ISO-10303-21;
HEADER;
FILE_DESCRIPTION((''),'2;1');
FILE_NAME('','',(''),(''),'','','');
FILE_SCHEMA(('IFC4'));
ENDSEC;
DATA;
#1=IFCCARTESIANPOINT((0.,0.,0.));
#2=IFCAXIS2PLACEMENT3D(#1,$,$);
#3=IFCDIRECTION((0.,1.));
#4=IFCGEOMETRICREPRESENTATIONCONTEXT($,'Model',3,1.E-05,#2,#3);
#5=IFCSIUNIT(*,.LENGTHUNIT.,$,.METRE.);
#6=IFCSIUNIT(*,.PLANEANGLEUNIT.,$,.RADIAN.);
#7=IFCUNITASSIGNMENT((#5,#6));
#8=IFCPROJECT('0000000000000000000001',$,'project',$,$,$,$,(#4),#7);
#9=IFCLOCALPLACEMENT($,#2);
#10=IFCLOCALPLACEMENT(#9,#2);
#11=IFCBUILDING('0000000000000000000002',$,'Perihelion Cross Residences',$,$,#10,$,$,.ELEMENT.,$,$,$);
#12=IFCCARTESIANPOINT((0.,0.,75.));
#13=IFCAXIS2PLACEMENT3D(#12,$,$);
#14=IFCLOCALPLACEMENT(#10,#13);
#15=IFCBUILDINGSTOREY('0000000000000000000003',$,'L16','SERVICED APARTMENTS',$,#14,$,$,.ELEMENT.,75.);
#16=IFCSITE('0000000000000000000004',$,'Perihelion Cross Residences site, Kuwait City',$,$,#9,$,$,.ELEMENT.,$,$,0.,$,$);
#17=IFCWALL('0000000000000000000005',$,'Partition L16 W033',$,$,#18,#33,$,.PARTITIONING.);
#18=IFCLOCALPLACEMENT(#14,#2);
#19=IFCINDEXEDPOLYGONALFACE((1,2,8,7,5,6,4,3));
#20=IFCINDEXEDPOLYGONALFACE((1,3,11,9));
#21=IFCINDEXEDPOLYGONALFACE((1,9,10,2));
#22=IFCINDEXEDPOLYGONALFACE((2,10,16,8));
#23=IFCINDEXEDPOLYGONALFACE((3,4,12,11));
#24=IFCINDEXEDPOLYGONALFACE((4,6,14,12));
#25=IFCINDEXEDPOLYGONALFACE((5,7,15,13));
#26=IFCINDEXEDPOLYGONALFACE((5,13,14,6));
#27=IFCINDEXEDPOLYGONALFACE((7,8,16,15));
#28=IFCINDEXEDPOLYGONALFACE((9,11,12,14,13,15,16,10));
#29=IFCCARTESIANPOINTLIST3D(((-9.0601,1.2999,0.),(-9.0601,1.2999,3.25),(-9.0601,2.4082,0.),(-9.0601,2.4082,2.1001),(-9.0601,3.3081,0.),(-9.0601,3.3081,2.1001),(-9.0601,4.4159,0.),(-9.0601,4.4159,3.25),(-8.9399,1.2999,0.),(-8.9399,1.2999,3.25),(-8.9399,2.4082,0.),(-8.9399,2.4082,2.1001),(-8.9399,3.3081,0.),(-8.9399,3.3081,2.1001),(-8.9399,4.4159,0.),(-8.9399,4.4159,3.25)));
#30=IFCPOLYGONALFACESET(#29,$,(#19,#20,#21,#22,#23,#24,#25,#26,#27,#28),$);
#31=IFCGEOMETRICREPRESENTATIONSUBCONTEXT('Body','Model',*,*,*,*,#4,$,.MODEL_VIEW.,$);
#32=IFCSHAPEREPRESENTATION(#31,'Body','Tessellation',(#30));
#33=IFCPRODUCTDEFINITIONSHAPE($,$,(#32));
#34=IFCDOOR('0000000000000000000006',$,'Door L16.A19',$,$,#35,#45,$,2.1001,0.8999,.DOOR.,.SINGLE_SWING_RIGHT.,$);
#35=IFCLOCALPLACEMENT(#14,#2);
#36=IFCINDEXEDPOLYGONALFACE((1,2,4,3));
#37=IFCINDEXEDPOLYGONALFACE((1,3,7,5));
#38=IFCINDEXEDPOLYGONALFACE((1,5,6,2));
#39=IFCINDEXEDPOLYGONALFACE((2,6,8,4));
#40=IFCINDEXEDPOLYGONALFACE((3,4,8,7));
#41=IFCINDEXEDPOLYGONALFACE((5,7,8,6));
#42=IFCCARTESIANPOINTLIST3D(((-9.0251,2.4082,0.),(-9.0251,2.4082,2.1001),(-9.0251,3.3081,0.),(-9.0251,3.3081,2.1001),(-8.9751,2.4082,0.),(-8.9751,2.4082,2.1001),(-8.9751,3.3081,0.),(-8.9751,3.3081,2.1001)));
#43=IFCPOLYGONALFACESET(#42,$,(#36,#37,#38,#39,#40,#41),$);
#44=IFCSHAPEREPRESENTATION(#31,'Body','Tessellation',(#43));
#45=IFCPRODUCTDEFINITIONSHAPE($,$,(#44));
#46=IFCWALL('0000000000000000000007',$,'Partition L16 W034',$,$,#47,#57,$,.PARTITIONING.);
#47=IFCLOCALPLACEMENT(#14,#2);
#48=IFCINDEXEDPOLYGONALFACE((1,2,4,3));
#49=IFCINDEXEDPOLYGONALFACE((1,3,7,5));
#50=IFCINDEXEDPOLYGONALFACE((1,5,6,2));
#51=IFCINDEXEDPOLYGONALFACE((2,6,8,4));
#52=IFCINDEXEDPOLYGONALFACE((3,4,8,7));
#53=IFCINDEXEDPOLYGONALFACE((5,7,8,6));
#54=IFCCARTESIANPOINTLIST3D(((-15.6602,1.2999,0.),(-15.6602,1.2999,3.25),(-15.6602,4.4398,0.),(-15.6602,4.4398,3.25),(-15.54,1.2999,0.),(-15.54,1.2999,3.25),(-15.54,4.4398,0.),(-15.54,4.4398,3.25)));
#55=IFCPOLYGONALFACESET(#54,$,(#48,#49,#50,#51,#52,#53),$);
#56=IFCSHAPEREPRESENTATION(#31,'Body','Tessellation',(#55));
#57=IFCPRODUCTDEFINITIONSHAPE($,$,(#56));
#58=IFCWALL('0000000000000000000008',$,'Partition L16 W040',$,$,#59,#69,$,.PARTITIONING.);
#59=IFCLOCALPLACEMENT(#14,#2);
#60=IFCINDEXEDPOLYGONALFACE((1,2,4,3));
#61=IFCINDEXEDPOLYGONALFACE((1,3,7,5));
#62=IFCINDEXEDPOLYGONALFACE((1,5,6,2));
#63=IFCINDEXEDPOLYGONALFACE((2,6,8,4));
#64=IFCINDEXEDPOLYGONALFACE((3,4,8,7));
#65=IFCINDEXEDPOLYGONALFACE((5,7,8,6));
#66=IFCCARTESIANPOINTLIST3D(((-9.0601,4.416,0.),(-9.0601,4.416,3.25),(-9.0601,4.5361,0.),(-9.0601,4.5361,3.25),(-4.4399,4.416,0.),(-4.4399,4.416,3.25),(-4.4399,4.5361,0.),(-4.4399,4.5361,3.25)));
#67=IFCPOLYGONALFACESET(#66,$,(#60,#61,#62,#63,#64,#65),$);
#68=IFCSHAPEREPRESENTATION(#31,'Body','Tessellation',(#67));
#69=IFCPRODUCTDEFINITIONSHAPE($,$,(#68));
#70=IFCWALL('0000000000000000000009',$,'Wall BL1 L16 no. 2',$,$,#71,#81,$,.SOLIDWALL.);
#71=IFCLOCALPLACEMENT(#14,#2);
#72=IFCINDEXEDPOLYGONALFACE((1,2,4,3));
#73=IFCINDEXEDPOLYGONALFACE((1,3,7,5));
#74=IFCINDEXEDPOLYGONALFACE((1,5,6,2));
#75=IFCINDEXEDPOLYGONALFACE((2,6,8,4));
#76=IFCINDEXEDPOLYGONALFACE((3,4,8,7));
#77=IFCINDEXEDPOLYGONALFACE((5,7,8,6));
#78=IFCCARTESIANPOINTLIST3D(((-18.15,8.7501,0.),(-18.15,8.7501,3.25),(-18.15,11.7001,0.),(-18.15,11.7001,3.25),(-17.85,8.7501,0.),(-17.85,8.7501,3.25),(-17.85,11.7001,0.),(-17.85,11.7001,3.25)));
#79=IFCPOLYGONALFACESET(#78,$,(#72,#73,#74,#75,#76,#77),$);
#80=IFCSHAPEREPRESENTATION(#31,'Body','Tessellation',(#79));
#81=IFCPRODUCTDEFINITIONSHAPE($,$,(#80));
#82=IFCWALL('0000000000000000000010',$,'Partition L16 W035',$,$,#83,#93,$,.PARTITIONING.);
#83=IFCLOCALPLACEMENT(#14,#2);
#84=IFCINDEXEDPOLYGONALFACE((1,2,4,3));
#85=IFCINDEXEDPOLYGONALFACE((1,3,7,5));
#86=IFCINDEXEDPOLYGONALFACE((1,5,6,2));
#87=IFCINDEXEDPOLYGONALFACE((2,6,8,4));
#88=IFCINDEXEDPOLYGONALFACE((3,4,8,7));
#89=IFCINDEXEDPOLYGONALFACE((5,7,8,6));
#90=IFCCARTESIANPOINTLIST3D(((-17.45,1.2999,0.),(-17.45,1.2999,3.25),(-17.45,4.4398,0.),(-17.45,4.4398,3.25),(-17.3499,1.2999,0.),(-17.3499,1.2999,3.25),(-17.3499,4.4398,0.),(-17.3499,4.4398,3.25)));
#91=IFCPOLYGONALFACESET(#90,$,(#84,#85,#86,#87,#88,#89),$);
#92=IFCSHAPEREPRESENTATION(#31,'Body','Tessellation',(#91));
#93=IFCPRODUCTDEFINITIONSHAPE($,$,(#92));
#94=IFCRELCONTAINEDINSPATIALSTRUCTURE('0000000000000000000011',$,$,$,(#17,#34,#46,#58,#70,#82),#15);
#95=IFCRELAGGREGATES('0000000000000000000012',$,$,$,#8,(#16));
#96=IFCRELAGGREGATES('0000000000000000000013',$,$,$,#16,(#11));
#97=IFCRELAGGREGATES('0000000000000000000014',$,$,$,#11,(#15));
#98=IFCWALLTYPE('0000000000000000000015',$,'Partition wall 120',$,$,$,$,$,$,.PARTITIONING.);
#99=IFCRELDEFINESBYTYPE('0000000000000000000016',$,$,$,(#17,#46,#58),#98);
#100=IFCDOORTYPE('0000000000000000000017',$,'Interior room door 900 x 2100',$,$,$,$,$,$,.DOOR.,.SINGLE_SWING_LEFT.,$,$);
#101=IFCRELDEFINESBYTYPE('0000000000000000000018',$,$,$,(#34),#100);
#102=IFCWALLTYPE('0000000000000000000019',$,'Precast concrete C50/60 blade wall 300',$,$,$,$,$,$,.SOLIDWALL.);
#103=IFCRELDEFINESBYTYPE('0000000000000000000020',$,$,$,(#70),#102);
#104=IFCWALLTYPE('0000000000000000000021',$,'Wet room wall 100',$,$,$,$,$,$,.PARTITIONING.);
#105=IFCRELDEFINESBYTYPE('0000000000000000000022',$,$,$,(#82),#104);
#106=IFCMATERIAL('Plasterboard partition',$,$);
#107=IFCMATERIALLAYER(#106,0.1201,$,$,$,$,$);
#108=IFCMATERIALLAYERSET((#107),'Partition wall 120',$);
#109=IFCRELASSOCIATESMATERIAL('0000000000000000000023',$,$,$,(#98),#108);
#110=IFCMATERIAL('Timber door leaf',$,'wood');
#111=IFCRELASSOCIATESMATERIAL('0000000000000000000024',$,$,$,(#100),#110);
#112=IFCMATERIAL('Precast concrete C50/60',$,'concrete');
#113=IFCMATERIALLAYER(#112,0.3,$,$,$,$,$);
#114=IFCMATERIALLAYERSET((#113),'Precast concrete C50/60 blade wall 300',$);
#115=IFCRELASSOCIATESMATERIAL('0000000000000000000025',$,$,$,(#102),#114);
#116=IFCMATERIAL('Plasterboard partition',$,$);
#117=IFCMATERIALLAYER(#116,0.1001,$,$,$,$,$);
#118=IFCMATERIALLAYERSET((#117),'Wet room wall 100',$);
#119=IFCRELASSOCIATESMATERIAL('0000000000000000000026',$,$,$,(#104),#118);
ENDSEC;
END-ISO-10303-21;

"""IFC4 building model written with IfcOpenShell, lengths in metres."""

from ifc_helpers import new_model, si_unit, direction, frame, frame_2d, origin, place, context, subcontext, project, spatial, rectangle, extrude, material, layer, layer_set, type_object, element, fill, save


model = new_model("IFC4")

# Units and contexts
model_context = context("Model", 3, precision=1e-05, world=origin(), true_north=direction((0.0, 1.0)))
body_context = subcontext(model_context, "Body", "Model", "MODEL_VIEW")
ifc_project = project(units=[si_unit("LENGTHUNIT", "METRE"), si_unit("PLANEANGLEUNIT", "RADIAN")], contexts=[model_context])

# Site, building, storey
site_placement = place(None, origin())
site = spatial("IfcSite", under=ifc_project, at=site_placement, Name="Perihelion Cross Residences site, Kuwait City", CompositionType="ELEMENT", RefElevation=0.0)
building_placement = place(site_placement, origin())
building = spatial("IfcBuilding", under=site, at=building_placement, Name="Perihelion Cross Residences", CompositionType="ELEMENT")
storey_placement = place(building_placement, frame((0.0, 0.0, 75.0)))
storey = spatial("IfcBuildingStorey", under=building, at=storey_placement, Name="L16", Description="SERVICED APARTMENTS", CompositionType="ELEMENT", Elevation=75.0)

# Shared definitions
ifc_material_1 = material(Name="Plasterboard partition")
ifc_layer_1 = layer(ifc_material_1, 0.1201)
ifc_layer_set_1 = layer_set([ifc_layer_1], Name="Partition wall 120")
wall_type_1 = type_object("IfcWallType", Name="Partition wall 120", PredefinedType="PARTITIONING", material=ifc_layer_set_1)
ifc_material_2 = material(Name="Timber door leaf", Category="wood")
door_type_1 = type_object("IfcDoorType", Name="Interior room door 900 x 2100", OperationType="SINGLE_SWING_LEFT", PredefinedType="DOOR", material=ifc_material_2)

# Wall, opening, door
wall_1_placement = place(storey_placement, frame((-9.0, 4.416, 0.0), z_axis=(0.0, 0.0, 1.0), x_axis=(0.0, -1.0, 0.0)))
wall_1 = element("IfcWall", 1, at=wall_1_placement, inside=storey, type_object=wall_type_1, Name="Partition L16 W033", PredefinedType="PARTITIONING", context=body_context, shape_type="SweptSolid", body=[
    extrude(rectangle(XDim=3.116, YDim=0.1201, at=frame_2d((1.5581, 0.0))), origin(), (0.0, 0.0, 1.0), 3.25),
])
opening_1_placement = place(wall_1_placement, frame((1.1079, 0.0, 0.0)))
opening_1 = element("IfcOpeningElement", 2, at=opening_1_placement, cuts=wall_1, PredefinedType="OPENING", context=body_context, shape_type="SweptSolid", body=[
    extrude(rectangle(XDim=0.8999, YDim=2.1001, at=frame_2d((0.45, 1.05))), frame((0.0, 0.0701, 0.0), z_axis=(0.0, -1.0, 0.0), x_axis=(1.0, 0.0, 0.0)), (0.0, 0.0, 1.0), 0.1401),
])
door_1_placement = place(opening_1_placement, origin())
door_1 = element("IfcDoor", 3, at=door_1_placement, inside=storey, type_object=door_type_1, Name="Door L16.A19", OperationType="SINGLE_SWING_RIGHT", OverallHeight=2.1001, OverallWidth=0.8999, PredefinedType="DOOR", context=body_context, shape_type="SweptSolid", body=[
    extrude(rectangle(XDim=0.8999, YDim=2.1001, at=frame_2d((0.45, 1.05))), frame((0.0, 0.0249, 0.0), z_axis=(0.0, -1.0, 0.0), x_axis=(1.0, 0.0, 0.0)), (0.0, 0.0, 1.0), 0.05),
])
fill(opening_1, door_1)

# Walls
wall_2_placement = place(storey_placement, frame((-15.6001, 1.3, 0.0), z_axis=(0.0, 0.0, 1.0), x_axis=(0.0, 1.0, 0.0)))
element("IfcWall", 4, at=wall_2_placement, inside=storey, type_object=wall_type_1, Name="Partition L16 W034", PredefinedType="PARTITIONING", context=body_context, shape_type="SweptSolid", body=[
    extrude(rectangle(XDim=3.1399, YDim=0.1201, at=frame_2d((1.5698, 0.0))), origin(), (0.0, 0.0, 1.0), 3.25),
])
wall_3_placement = place(storey_placement, frame((-9.0601, 4.4761, 0.0), z_axis=(0.0, 0.0, 1.0), x_axis=(1.0, 0.0, 0.0)))
element("IfcWall", 5, at=wall_3_placement, inside=storey, type_object=wall_type_1, Name="Partition L16 W040", PredefinedType="PARTITIONING", context=body_context, shape_type="SweptSolid", body=[
    extrude(rectangle(XDim=4.6201, YDim=0.1201, at=frame_2d((2.3101, 0.0))), origin(), (0.0, 0.0, 1.0), 3.25),
])
ifc_material_3 = material(Name="Precast concrete C50/60", Category="concrete")
ifc_layer_2 = layer(ifc_material_3, 0.3)
ifc_layer_set_2 = layer_set([ifc_layer_2], Name="Precast concrete C50/60 blade wall 300")
wall_type_2 = type_object("IfcWallType", Name="Precast concrete C50/60 blade wall 300", PredefinedType="SOLIDWALL", material=ifc_layer_set_2)
wall_4_placement = place(storey_placement, frame((-18.0, 8.75, 0.0), z_axis=(0.0, 0.0, 1.0), x_axis=(0.0, 1.0, 0.0)))
element("IfcWall", 6, at=wall_4_placement, inside=storey, type_object=wall_type_2, Name="Wall BL1 L16 no. 2", PredefinedType="SOLIDWALL", context=body_context, shape_type="SweptSolid", body=[
    extrude(rectangle(XDim=2.95, YDim=0.3, at=frame_2d((1.4751, 0.0))), origin(), (0.0, 0.0, 1.0), 3.25),
])
ifc_material_4 = material(Name="Plasterboard partition")
ifc_layer_3 = layer(ifc_material_4, 0.1001)
ifc_layer_set_3 = layer_set([ifc_layer_3], Name="Wet room wall 100")
wall_type_3 = type_object("IfcWallType", Name="Wet room wall 100", PredefinedType="PARTITIONING", material=ifc_layer_set_3)
wall_5_placement = place(storey_placement, frame((-17.3999, 1.3, 0.0), z_axis=(0.0, 0.0, 1.0), x_axis=(0.0, 1.0, 0.0)))
element("IfcWall", 7, at=wall_5_placement, inside=storey, type_object=wall_type_3, Name="Partition L16 W035", PredefinedType="PARTITIONING", context=body_context, shape_type="SweptSolid", body=[
    extrude(rectangle(XDim=3.1399, YDim=0.1001, at=frame_2d((1.5698, 0.0))), origin(), (0.0, 0.0, 1.0), 3.25),
])

save(model, "model.ifc")
